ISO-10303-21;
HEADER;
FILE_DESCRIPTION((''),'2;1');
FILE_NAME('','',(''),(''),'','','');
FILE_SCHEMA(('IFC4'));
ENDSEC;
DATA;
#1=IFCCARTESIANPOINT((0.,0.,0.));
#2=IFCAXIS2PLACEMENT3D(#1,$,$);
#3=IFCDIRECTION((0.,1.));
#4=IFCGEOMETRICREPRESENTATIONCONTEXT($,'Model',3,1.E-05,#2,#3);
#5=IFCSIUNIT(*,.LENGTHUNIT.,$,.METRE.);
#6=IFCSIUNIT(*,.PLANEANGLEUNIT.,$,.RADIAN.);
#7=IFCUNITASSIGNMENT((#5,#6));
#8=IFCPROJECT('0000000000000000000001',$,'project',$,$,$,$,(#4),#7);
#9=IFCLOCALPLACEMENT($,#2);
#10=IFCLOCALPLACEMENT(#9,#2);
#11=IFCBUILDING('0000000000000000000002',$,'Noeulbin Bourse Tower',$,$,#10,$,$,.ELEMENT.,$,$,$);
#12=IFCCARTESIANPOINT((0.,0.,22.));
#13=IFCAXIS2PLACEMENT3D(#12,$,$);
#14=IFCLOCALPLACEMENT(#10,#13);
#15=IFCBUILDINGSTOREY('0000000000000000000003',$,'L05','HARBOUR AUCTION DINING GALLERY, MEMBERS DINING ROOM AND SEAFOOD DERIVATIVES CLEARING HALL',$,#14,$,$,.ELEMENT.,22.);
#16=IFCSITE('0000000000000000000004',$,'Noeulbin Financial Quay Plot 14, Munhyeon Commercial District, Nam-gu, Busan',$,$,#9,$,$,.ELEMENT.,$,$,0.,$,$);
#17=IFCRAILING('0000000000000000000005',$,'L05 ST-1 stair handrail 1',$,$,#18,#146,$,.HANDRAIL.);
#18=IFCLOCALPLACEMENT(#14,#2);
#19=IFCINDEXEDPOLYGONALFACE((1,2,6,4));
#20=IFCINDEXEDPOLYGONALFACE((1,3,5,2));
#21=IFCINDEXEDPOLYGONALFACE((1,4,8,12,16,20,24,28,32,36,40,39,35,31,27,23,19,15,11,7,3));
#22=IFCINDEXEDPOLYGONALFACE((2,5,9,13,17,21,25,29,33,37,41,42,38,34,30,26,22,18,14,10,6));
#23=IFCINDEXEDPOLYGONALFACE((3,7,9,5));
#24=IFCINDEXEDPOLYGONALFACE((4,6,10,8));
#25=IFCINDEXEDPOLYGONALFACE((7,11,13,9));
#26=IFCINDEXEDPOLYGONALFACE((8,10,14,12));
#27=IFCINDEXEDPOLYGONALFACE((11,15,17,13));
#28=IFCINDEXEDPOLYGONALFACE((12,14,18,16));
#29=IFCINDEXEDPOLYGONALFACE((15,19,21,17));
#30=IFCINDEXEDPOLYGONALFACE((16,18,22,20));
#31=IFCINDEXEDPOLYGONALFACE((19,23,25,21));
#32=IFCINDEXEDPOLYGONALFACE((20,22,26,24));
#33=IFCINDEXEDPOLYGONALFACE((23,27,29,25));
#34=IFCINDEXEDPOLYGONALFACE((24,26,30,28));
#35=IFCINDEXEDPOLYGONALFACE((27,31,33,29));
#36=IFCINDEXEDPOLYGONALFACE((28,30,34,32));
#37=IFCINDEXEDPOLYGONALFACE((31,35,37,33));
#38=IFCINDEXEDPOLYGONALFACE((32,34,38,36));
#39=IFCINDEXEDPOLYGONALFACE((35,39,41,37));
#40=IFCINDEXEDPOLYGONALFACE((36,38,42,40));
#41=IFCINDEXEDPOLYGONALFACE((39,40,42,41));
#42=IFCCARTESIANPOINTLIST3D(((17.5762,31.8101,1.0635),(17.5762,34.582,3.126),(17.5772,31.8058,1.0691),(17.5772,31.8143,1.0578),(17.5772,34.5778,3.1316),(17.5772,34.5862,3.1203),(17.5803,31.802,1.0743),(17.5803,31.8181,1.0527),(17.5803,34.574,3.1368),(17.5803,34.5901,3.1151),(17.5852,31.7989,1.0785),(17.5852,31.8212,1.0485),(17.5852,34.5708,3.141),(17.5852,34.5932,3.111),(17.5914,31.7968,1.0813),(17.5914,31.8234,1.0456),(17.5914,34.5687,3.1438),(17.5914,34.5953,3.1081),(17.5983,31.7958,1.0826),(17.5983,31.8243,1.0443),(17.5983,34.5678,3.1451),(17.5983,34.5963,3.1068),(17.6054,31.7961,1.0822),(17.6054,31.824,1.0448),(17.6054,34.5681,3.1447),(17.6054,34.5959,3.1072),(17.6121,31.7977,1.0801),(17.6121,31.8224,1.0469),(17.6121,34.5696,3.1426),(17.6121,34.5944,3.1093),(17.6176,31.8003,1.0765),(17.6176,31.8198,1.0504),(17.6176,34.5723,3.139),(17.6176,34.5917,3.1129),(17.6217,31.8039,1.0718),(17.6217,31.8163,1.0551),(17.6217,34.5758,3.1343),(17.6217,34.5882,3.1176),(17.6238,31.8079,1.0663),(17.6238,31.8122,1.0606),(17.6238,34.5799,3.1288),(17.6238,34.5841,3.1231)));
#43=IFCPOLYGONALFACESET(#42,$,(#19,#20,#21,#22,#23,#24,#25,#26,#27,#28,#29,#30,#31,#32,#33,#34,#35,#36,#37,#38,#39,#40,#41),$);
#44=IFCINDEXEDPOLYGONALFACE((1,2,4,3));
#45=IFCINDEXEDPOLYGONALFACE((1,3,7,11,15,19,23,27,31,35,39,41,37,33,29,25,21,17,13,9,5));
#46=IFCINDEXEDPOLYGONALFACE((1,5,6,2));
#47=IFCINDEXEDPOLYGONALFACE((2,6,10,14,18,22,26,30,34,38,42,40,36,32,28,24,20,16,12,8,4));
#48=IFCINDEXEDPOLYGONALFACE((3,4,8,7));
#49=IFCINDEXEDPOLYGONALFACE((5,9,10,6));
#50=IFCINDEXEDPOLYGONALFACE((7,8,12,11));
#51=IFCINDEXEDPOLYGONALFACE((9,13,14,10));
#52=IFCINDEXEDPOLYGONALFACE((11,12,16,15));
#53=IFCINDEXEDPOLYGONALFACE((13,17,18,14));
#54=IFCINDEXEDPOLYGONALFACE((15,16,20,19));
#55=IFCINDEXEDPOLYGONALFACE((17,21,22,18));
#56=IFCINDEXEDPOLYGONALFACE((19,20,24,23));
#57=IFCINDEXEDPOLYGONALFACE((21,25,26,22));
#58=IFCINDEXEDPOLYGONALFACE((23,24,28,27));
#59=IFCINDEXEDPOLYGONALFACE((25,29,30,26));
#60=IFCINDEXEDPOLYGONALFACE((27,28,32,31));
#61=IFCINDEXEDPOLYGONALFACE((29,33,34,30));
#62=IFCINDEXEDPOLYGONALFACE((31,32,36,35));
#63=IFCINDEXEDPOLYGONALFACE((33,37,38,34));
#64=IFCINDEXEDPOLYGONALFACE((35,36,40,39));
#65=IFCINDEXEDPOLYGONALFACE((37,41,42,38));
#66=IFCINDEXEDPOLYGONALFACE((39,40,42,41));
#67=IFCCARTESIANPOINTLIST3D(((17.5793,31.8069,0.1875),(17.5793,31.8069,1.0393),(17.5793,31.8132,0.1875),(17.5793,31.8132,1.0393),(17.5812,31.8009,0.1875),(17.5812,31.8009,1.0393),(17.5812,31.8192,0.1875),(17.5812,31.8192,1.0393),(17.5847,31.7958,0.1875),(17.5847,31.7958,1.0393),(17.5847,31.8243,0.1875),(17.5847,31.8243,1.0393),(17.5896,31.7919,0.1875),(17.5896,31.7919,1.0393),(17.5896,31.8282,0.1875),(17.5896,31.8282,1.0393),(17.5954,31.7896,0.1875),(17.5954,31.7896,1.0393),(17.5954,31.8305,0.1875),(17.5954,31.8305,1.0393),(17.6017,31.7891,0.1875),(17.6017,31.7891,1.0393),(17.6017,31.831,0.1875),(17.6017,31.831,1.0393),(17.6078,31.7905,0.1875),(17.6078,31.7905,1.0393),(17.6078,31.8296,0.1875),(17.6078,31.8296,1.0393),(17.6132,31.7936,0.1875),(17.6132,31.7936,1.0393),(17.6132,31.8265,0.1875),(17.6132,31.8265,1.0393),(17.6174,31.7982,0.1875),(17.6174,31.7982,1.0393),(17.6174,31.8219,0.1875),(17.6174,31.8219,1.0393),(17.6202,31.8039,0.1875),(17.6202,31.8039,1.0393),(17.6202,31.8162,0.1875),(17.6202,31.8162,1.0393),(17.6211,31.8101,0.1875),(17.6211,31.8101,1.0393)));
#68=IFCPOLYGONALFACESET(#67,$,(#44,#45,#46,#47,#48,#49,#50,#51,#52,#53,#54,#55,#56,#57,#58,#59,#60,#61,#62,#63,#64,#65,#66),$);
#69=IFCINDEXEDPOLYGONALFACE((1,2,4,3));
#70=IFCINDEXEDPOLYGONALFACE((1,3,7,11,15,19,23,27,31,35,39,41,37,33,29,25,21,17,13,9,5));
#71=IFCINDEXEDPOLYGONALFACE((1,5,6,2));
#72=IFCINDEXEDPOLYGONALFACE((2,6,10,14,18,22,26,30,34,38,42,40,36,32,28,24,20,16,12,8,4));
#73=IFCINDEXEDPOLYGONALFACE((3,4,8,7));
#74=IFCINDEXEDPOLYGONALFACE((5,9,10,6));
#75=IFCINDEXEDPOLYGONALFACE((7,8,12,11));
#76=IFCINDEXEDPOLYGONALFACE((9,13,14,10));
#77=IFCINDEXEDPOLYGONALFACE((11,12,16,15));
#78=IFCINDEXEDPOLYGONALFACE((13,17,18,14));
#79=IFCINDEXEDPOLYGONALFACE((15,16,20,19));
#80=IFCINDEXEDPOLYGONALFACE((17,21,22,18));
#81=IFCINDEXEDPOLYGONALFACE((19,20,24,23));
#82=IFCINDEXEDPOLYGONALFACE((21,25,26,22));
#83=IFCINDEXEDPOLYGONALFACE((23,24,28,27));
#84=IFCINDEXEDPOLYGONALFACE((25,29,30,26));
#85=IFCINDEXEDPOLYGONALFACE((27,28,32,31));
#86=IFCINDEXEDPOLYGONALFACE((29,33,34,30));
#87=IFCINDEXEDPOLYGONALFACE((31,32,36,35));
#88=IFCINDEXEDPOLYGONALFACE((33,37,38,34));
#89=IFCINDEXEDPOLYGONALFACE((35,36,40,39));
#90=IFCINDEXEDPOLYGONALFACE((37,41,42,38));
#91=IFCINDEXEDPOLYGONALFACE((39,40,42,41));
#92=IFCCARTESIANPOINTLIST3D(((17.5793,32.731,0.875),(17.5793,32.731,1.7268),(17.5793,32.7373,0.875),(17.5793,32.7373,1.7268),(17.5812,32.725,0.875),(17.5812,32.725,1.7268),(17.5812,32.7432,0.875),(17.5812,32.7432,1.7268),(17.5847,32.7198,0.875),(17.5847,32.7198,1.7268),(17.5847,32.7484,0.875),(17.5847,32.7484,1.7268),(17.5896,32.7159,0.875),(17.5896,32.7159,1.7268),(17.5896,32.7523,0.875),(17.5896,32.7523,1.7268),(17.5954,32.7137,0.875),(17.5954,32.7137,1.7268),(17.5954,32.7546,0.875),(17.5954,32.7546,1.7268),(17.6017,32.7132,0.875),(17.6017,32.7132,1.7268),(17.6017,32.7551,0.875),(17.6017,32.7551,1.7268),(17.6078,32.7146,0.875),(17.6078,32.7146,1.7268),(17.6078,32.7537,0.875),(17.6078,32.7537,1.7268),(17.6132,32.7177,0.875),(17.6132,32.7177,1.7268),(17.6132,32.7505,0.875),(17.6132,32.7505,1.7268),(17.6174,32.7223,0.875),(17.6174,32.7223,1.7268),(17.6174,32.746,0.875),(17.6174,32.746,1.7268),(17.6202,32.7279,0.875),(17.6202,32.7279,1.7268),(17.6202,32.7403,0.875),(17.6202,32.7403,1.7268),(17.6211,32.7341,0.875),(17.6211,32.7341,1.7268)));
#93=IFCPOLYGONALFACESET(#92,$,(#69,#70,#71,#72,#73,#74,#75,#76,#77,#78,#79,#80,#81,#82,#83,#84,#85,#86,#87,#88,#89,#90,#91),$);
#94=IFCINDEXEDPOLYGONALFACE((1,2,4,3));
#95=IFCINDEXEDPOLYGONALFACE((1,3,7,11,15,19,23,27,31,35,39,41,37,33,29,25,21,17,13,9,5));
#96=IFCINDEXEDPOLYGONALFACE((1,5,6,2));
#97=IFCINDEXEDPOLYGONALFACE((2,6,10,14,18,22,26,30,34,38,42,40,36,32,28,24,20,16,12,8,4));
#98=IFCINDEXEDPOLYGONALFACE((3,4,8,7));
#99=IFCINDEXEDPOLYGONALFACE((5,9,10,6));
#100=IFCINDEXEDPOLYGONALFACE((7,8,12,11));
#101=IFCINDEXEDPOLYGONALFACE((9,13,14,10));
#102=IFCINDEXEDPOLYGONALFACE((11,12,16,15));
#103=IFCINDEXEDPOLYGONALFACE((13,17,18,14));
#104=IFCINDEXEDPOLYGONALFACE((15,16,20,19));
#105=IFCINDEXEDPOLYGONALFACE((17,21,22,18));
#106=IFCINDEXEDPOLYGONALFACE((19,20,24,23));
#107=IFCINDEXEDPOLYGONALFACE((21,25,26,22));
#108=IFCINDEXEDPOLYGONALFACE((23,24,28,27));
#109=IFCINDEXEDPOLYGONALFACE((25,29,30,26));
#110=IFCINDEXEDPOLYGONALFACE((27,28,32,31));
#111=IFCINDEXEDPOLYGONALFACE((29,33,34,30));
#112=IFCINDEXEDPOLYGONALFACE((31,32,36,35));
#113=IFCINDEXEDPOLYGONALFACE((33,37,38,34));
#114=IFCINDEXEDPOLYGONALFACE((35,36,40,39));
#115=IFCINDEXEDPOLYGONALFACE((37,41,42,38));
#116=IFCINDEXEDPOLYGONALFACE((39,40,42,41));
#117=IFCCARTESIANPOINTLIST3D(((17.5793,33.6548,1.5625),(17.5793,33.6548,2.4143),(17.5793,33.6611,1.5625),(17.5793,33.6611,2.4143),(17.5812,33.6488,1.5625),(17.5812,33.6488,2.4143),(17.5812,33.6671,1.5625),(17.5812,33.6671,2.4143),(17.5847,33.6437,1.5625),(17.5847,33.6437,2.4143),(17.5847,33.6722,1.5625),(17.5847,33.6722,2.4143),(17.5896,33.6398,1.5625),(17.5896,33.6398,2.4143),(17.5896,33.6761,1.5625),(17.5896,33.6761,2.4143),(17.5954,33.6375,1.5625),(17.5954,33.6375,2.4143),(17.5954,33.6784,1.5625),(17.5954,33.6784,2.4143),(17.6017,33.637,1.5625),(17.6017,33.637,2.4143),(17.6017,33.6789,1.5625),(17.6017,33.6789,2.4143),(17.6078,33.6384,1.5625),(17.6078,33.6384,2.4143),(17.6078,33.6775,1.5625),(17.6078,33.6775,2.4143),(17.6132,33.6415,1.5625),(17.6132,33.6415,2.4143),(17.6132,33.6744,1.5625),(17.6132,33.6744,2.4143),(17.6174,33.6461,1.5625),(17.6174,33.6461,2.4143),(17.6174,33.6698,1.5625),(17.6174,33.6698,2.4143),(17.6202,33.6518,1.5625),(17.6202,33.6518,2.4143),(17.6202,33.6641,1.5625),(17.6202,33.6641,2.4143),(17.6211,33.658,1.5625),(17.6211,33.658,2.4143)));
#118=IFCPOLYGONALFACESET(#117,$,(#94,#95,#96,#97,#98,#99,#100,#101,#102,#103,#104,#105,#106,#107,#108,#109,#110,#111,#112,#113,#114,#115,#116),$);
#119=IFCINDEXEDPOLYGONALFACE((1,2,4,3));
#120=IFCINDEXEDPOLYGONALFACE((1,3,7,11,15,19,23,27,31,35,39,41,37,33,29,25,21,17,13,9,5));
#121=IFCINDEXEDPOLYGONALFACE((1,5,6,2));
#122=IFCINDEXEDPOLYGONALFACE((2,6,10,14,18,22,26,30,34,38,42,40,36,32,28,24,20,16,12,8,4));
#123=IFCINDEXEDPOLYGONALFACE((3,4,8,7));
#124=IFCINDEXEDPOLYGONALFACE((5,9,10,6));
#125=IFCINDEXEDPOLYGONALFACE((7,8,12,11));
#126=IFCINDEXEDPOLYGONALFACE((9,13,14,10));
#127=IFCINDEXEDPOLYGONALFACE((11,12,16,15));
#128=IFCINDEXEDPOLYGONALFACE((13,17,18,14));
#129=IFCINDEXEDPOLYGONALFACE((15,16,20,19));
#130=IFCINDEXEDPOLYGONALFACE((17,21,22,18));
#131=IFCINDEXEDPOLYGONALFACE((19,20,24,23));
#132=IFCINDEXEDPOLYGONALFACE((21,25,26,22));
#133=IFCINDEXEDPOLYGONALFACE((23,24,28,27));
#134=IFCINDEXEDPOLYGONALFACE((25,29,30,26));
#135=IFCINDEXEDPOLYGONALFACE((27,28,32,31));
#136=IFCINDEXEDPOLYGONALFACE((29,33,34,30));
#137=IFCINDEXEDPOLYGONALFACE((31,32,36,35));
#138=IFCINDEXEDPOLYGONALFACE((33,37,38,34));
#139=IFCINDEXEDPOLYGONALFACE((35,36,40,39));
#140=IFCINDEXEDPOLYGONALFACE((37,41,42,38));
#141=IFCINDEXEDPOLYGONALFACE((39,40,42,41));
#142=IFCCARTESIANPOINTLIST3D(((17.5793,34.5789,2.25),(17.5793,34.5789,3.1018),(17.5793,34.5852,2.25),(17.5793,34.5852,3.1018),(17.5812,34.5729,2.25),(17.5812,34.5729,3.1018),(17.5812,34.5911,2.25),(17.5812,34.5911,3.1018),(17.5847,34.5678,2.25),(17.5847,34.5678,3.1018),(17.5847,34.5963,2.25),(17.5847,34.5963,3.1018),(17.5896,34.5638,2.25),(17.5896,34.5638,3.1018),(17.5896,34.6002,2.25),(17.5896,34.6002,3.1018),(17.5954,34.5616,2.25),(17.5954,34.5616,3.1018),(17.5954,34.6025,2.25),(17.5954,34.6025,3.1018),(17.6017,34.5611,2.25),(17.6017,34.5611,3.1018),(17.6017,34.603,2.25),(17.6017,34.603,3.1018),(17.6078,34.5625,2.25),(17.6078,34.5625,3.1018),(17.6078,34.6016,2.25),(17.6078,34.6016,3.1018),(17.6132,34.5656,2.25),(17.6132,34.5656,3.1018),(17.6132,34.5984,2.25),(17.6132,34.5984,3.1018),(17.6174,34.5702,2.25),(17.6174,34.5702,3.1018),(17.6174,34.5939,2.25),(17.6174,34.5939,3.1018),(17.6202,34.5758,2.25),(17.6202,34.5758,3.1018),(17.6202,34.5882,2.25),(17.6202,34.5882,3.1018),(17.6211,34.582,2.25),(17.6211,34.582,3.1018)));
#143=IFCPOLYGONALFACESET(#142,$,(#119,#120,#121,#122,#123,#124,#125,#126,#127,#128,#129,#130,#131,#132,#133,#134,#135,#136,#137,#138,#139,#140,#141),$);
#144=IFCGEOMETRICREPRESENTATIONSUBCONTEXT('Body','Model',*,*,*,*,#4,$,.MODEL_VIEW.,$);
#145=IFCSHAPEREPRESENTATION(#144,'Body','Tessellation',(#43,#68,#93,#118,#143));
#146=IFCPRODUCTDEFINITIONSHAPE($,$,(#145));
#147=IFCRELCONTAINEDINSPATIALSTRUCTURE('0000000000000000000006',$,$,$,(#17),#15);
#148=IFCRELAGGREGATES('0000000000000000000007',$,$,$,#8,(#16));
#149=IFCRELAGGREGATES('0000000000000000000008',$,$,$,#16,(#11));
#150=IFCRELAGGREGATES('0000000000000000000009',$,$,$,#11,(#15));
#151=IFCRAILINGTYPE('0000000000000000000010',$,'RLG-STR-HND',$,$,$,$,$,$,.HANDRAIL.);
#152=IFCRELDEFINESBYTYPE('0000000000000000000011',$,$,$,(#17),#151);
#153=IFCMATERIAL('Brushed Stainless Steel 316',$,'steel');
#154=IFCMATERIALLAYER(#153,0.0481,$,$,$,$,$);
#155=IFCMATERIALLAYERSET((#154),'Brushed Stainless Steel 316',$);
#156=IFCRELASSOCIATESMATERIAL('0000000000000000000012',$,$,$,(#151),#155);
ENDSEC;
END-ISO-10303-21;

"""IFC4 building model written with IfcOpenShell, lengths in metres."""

from ifc_helpers import new_model, si_unit, direction, frame, origin, origin_2d, place, context, subcontext, project, spatial, circle, extrude, material, layer, layer_set, type_object, element, save


model = new_model("IFC4")

# Units and contexts
model_context = context("Model", 3, precision=1e-05, world=origin(), true_north=direction((0.0, 1.0)))
body_context = subcontext(model_context, "Body", "Model", "MODEL_VIEW")
ifc_project = project(units=[si_unit("LENGTHUNIT", "METRE"), si_unit("PLANEANGLEUNIT", "RADIAN")], contexts=[model_context])

# Site, building, storey
site_placement = place(None, origin())
site = spatial("IfcSite", under=ifc_project, at=site_placement, Name="Noeulbin Financial Quay Plot 14, Munhyeon Commercial District, Nam-gu, Busan", CompositionType="ELEMENT", RefElevation=0.0)
building_placement = place(site_placement, origin())
building = spatial("IfcBuilding", under=site, at=building_placement, Name="Noeulbin Bourse Tower", CompositionType="ELEMENT")
storey_placement = place(building_placement, frame((0.0, 0.0, 22.0)))
storey = spatial("IfcBuildingStorey", under=building, at=storey_placement, Name="L05", Description="HARBOUR AUCTION DINING GALLERY, MEMBERS DINING ROOM AND SEAFOOD DERIVATIVES CLEARING HALL", CompositionType="ELEMENT", Elevation=22.0)

# Shared definitions
ifc_material_1 = material(Name="Brushed Stainless Steel 316", Category="steel")

# Railing
ifc_layer_1 = layer(ifc_material_1, 0.0481)
ifc_layer_set_1 = layer_set([ifc_layer_1], Name="Brushed Stainless Steel 316")
railing_type_1 = type_object("IfcRailingType", Name="RLG-STR-HND", PredefinedType="HANDRAIL", material=ifc_layer_set_1)
railing_1_placement = place(storey_placement, frame((17.6001, 31.8101, 0.1875)))
element("IfcRailing", 1, at=railing_1_placement, inside=storey, type_object=railing_type_1, Name="L05 ST-1 stair handrail 1", PredefinedType="HANDRAIL", context=body_context, shape_type="SweptSolid", body=[
    extrude(circle(Radius=0.0239, at=origin_2d()), frame((0.0, 0.0, 0.876), z_axis=(0.0, 0.802284, 0.596943), x_axis=(-1.0, 0.0, 0.0)), (0.0, 0.0, 1.0), 3.4551),
    extrude(circle(Radius=0.021, at=origin_2d()), origin(), (0.0, 0.0, 1.0), 0.8518),
    extrude(circle(Radius=0.021, at=origin_2d()), frame((0.0, 0.9241, 0.6875)), (0.0, 0.0, 1.0), 0.8518),
    extrude(circle(Radius=0.021, at=origin_2d()), frame((0.0, 1.8479, 1.375)), (0.0, 0.0, 1.0), 0.8518),
    extrude(circle(Radius=0.021, at=origin_2d()), frame((0.0, 2.772, 2.0625)), (0.0, 0.0, 1.0), 0.8518),
])

save(model, "model.ifc")
